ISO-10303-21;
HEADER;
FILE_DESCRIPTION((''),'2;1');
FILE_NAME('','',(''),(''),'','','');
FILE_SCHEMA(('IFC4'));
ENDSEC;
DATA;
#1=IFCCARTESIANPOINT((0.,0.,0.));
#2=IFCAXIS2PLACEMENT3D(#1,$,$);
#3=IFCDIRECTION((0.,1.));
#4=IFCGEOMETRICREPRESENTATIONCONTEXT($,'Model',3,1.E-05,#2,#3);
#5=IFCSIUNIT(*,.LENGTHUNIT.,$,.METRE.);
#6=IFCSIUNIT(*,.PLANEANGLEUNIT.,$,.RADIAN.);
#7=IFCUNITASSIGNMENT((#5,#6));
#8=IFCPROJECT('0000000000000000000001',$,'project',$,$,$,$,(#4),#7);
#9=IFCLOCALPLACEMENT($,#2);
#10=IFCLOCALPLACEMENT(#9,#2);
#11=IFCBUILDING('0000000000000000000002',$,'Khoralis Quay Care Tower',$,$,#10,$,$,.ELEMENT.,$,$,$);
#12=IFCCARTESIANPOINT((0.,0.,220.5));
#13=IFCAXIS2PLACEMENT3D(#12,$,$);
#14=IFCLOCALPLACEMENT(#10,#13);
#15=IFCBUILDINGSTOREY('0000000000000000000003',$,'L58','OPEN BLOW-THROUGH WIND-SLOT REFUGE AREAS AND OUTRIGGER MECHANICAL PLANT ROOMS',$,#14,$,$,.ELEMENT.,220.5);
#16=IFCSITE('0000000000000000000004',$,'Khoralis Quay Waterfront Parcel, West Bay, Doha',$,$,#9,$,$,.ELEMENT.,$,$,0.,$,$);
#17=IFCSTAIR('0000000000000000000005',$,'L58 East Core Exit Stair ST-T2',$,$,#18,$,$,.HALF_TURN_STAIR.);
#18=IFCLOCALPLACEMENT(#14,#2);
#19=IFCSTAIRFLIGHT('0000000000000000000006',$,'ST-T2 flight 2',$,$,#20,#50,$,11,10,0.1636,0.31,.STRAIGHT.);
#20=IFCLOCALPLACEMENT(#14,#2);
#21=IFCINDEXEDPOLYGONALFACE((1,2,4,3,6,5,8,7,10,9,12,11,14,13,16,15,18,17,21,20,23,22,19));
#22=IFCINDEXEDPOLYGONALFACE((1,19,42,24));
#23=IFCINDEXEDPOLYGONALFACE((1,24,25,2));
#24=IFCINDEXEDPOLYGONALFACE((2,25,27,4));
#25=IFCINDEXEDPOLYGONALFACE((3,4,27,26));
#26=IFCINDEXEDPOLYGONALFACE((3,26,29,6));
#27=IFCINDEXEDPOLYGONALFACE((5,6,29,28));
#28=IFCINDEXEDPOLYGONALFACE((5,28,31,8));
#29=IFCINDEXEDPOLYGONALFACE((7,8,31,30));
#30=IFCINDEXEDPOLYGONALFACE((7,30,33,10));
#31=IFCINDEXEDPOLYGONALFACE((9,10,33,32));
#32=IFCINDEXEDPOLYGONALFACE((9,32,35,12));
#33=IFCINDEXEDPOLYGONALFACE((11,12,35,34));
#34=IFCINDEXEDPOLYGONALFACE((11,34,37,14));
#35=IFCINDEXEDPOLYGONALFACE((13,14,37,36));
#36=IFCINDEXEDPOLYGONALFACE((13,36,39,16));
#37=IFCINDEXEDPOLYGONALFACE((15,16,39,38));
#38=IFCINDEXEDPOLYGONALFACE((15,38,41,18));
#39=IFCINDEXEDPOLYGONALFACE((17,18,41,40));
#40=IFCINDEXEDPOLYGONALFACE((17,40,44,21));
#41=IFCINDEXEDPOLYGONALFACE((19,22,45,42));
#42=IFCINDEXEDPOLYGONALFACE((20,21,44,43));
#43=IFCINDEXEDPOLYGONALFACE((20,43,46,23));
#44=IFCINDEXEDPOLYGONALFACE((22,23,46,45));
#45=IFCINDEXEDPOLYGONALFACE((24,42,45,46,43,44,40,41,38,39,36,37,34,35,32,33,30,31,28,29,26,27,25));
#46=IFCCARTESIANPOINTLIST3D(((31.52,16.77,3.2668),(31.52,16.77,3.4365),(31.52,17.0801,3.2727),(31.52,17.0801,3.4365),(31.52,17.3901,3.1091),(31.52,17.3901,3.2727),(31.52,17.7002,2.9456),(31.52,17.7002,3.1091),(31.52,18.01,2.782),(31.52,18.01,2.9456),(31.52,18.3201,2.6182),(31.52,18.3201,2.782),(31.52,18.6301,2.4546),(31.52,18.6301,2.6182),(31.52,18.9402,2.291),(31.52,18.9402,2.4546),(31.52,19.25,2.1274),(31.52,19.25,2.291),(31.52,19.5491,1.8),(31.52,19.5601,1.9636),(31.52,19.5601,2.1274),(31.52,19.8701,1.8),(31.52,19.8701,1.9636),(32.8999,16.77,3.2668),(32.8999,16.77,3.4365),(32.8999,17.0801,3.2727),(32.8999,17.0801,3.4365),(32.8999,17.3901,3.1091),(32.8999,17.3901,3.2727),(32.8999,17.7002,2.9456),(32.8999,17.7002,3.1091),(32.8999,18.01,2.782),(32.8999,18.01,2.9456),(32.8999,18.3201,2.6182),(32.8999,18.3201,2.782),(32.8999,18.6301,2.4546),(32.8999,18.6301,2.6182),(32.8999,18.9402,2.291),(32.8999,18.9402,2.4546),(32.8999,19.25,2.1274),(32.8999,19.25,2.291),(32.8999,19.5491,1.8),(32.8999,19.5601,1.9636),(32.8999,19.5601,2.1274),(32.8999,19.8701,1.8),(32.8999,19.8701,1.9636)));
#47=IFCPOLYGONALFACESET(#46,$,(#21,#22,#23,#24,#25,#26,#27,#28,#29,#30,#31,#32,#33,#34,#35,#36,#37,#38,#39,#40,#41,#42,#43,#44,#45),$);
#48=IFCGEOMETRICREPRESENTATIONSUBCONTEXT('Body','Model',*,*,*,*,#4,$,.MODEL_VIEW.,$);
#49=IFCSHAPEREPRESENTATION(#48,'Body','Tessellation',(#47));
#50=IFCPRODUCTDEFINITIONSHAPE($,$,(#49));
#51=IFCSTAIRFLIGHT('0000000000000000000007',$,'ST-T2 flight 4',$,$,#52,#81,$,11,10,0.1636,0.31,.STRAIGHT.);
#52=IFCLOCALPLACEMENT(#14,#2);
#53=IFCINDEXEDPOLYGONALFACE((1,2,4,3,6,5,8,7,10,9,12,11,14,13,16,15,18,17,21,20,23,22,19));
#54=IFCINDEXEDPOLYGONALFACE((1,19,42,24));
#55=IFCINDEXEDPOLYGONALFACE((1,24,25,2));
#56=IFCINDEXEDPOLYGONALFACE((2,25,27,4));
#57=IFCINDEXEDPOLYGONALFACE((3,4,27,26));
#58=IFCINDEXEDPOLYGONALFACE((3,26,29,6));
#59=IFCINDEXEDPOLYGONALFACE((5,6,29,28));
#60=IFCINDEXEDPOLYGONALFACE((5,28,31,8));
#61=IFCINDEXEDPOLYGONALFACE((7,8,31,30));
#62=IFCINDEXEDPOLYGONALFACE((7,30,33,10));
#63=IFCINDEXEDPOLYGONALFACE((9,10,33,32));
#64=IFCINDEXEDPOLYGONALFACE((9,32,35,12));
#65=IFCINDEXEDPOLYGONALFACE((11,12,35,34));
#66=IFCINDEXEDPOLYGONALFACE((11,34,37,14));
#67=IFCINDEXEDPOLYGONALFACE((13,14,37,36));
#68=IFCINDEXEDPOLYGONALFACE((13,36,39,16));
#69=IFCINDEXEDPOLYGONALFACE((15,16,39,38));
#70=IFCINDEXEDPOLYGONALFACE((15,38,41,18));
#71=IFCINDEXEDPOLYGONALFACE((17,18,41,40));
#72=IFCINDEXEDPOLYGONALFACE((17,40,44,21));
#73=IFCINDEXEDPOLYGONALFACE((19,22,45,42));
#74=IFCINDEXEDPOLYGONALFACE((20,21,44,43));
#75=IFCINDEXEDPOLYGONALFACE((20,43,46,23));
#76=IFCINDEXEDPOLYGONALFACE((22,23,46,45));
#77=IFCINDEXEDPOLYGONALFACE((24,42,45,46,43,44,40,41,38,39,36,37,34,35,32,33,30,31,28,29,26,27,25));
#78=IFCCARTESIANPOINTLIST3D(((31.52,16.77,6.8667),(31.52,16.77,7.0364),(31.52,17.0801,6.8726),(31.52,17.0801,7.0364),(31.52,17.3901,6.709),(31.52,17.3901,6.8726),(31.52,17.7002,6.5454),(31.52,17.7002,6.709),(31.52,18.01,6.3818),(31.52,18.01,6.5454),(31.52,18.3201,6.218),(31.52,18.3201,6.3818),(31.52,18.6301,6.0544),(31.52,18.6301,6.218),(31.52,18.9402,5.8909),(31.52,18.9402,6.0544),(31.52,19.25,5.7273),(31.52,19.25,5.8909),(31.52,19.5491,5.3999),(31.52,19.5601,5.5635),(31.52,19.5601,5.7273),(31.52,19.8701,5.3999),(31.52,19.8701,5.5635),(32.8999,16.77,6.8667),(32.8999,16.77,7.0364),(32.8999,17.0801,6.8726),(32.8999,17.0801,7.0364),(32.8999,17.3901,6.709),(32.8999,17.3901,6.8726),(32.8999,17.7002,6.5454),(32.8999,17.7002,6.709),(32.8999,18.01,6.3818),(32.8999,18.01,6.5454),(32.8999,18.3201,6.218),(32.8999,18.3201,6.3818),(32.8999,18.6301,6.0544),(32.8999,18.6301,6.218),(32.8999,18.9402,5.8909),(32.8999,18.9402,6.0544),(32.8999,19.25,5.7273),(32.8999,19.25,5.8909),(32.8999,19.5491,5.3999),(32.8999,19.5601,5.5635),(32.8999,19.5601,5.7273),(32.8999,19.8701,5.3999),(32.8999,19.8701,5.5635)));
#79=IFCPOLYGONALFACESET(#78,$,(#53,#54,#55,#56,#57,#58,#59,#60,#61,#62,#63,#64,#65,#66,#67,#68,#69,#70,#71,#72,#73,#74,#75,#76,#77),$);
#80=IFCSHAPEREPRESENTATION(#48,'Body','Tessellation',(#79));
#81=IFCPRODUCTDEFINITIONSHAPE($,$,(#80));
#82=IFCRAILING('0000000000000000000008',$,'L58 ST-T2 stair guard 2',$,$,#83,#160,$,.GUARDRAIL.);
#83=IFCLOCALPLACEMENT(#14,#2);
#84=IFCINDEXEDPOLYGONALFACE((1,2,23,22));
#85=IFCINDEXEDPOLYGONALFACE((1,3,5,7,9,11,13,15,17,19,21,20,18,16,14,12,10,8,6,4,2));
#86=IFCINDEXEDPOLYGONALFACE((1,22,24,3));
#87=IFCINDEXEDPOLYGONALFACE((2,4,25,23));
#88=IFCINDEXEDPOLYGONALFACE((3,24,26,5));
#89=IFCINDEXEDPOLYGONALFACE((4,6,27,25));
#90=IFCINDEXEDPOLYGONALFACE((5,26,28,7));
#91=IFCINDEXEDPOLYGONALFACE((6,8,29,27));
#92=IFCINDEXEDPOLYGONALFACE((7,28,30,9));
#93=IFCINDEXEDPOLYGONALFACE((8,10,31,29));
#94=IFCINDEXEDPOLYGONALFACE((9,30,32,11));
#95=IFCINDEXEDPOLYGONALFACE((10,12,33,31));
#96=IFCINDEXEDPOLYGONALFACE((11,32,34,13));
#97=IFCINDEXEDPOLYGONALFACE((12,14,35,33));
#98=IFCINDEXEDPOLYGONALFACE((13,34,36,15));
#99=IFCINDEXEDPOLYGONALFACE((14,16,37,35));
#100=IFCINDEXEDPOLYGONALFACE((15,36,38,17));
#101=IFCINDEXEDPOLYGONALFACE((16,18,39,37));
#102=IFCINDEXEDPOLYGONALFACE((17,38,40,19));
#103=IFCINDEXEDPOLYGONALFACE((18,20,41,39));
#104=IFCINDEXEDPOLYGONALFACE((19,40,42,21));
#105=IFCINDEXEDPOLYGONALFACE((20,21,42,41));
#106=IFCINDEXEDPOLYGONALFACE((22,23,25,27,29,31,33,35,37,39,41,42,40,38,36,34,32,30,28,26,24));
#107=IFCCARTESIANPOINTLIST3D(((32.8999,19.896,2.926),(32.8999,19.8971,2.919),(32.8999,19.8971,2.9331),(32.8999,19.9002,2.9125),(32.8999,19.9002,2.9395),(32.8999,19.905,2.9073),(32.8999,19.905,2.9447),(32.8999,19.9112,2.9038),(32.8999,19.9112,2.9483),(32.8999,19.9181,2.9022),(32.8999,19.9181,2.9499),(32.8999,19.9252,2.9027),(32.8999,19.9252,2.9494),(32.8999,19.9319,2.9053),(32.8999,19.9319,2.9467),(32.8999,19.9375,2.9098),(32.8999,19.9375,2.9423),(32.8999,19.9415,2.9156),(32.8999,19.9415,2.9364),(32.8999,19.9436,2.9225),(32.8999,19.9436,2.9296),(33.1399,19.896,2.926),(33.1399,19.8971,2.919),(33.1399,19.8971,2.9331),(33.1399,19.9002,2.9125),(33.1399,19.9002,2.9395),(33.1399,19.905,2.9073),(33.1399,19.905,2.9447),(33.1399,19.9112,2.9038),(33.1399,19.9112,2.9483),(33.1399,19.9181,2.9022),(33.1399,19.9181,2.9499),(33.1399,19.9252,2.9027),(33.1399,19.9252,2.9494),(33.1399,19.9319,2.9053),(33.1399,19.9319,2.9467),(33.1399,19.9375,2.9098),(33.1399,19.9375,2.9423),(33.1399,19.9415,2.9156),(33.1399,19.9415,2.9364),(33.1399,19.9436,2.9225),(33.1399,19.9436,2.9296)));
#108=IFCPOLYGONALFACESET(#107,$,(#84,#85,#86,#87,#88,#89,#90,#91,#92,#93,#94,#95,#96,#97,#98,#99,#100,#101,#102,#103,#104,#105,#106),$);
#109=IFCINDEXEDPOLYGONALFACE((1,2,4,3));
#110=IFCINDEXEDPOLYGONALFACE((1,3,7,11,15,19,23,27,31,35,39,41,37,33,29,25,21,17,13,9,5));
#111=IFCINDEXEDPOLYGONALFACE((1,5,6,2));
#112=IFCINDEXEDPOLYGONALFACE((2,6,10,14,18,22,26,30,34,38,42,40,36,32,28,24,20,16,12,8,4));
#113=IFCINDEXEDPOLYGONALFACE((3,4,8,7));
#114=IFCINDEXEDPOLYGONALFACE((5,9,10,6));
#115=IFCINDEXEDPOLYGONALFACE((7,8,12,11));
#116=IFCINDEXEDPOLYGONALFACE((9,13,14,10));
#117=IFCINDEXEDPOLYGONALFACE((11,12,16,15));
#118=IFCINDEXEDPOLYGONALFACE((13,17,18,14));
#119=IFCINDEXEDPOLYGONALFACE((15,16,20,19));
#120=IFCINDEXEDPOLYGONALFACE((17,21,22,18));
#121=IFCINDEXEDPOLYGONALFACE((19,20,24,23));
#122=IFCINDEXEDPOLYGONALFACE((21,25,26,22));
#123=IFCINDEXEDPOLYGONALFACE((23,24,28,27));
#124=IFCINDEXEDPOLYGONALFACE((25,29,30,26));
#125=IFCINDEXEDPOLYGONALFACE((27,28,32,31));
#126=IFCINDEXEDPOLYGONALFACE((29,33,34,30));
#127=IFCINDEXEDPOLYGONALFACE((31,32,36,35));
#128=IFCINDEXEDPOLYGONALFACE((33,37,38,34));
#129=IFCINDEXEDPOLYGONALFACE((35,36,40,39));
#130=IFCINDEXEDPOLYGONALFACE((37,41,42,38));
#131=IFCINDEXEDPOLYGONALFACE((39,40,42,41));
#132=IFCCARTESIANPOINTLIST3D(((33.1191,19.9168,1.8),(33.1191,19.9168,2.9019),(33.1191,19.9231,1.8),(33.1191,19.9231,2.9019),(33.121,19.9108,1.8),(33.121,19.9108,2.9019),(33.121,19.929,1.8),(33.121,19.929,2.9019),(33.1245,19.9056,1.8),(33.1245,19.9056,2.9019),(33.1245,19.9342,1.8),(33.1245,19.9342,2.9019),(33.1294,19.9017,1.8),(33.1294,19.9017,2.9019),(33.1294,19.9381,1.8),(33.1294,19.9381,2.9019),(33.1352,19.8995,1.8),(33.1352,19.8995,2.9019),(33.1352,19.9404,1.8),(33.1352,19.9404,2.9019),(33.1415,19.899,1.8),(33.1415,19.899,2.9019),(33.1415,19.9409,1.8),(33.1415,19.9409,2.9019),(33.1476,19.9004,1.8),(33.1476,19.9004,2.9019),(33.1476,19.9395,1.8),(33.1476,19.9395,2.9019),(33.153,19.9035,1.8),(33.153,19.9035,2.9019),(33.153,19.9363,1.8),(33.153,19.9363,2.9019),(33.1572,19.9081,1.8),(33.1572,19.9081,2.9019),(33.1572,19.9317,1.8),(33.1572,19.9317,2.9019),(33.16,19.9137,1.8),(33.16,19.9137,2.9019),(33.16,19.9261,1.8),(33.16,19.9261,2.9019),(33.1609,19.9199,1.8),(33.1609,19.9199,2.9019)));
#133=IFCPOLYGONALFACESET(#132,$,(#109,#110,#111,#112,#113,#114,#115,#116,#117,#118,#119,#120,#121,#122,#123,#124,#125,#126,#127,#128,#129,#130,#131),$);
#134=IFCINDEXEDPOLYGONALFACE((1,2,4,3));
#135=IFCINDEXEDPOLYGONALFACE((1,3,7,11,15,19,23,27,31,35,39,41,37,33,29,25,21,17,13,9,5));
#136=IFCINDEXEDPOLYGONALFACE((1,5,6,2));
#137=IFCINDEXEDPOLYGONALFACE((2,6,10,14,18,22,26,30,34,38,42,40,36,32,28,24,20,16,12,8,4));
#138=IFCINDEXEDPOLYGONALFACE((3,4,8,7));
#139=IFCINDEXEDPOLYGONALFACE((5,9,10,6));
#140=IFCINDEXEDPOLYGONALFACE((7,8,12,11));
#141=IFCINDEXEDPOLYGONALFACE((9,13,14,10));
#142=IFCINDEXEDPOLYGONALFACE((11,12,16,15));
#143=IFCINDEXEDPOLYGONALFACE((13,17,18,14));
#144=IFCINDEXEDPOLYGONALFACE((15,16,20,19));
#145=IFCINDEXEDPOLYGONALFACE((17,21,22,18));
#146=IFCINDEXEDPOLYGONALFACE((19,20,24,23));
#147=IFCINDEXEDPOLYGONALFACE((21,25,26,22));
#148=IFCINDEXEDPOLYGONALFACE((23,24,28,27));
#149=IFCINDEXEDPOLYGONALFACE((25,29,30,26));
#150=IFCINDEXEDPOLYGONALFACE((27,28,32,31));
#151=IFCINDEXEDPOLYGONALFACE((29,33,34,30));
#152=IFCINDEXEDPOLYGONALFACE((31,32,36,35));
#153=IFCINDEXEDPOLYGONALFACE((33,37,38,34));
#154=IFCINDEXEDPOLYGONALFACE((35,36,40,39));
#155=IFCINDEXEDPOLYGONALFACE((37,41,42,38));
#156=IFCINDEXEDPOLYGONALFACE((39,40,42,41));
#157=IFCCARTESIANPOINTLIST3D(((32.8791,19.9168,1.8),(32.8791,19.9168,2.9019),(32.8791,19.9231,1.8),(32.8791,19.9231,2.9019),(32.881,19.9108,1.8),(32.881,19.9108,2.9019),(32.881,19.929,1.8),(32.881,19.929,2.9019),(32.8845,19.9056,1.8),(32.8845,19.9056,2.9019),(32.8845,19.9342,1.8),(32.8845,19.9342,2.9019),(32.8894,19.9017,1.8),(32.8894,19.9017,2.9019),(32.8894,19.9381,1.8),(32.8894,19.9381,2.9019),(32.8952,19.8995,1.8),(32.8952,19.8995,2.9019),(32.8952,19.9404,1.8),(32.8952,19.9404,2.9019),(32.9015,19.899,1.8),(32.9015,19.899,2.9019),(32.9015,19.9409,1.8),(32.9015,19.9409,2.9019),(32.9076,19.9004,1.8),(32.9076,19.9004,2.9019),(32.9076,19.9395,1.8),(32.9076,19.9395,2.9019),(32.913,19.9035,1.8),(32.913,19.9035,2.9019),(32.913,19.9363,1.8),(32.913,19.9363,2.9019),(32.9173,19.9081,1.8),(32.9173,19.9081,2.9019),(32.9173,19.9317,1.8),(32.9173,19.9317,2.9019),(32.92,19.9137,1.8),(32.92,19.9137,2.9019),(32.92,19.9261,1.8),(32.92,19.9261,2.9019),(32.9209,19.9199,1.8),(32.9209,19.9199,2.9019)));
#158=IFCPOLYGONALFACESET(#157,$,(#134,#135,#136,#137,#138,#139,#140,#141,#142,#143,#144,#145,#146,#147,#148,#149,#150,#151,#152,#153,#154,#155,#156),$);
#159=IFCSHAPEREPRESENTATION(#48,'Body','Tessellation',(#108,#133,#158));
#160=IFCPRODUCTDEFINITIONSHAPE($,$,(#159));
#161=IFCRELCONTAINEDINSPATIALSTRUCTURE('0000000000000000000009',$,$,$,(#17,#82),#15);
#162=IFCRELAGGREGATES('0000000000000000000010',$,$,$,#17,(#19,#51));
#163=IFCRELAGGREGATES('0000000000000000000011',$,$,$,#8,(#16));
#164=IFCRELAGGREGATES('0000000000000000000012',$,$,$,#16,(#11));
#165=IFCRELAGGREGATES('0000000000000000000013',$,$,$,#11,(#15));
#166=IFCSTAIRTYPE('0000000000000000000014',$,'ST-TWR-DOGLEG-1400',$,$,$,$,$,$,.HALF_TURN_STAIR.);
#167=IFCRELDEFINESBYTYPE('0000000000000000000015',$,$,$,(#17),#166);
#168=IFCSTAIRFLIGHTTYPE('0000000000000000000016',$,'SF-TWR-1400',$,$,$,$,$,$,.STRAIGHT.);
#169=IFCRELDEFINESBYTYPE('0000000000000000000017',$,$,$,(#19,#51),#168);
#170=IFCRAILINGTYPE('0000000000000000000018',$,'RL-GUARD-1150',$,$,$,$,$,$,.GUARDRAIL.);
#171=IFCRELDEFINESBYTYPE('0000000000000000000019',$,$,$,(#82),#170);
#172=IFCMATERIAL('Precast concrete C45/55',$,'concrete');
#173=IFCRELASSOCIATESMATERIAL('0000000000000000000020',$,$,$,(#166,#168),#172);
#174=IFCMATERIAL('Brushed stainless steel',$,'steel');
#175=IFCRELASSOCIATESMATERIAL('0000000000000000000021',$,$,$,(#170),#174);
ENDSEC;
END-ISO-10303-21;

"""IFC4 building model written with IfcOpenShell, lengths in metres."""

from ifc_helpers import new_model, si_unit, direction, frame, origin, origin_2d, place, context, subcontext, project, spatial, polyline, circle, outline, extrude, source, transform, mapped, material, type_object, element, aggregate, save


model = new_model("IFC4")

# Units and contexts
model_context = context("Model", 3, precision=1e-05, world=origin(), true_north=direction((0.0, 1.0)))
body_context = subcontext(model_context, "Body", "Model", "MODEL_VIEW")
ifc_project = project(units=[si_unit("LENGTHUNIT", "METRE"), si_unit("PLANEANGLEUNIT", "RADIAN")], contexts=[model_context])

# Site, building, storey
site_placement = place(None, origin())
site = spatial("IfcSite", under=ifc_project, at=site_placement, Name="Khoralis Quay Waterfront Parcel, West Bay, Doha", CompositionType="ELEMENT", RefElevation=0.0)
building_placement = place(site_placement, origin())
building = spatial("IfcBuilding", under=site, at=building_placement, Name="Khoralis Quay Care Tower", CompositionType="ELEMENT")
storey_placement = place(building_placement, frame((0.0, 0.0, 220.5)))
storey = spatial("IfcBuildingStorey", under=building, at=storey_placement, Name="L58", Description="OPEN BLOW-THROUGH WIND-SLOT REFUGE AREAS AND OUTRIGGER MECHANICAL PLANT ROOMS", CompositionType="ELEMENT", Elevation=220.5)

# Shared definitions
ifc_material_1 = material(Name="Brushed stainless steel", Category="steel")

# Stair, stair flights
ifc_material_2 = material(Name="Precast concrete C45/55", Category="concrete")
stair_type = type_object("IfcStairType", Name="ST-TWR-DOGLEG-1400", PredefinedType="HALF_TURN_STAIR", material=ifc_material_2)
stair_placement = place(storey_placement, origin())
stair = element("IfcStair", 1, at=stair_placement, inside=storey, type_object=stair_type, Name="L58 East Core Exit Stair ST-T2", PredefinedType="HALF_TURN_STAIR")
stair_flight_type = type_object("IfcStairFlightType", Name="SF-TWR-1400", PredefinedType="STRAIGHT", material=ifc_material_2)
shared_shape_1 = source(origin(), body_context, "Body", "SweptSolid", [
    extrude(outline(polyline([(0.0, 0.0), (0.0, 0.1636), (0.3101, 0.1636), (0.3101, 0.3274), (0.6201, 0.3274), (0.6201, 0.491), (0.9299, 0.491), (0.9299, 0.6545), (1.24, 0.6545), (1.24, 0.8181), (1.55, 0.8181), (1.55, 0.9819), (1.8601, 0.9819), (1.8601, 1.1455), (2.1699, 1.1455), (2.1699, 1.3091), (2.48, 1.3091), (2.48, 1.4727), (2.79, 1.4727), (2.79, 1.6365), (3.1001, 1.6365), (3.1001, 1.8), (3.1001, 1.4668), (0.321, 0.0), (0.0, 0.0)])), frame((0.0, 0.6899, 0.0), z_axis=(0.0, -1.0, 0.0), x_axis=(1.0, 0.0, 0.0)), (0.0, 0.0, 1.0), 1.3799),
])
stair_flight_1_placement = place(storey_placement, frame((32.21, 19.8701, 1.8), z_axis=(0.0, 0.0, 1.0), x_axis=(0.0, -1.0, 0.0)))
stair_flight_1 = element("IfcStairFlight", 2, at=stair_flight_1_placement, type_object=stair_flight_type, Name="ST-T2 flight 2", NumberOfRisers=11, NumberOfTreads=10, PredefinedType="STRAIGHT", RiserHeight=0.1636, TreadLength=0.31, context=body_context, shape_type="MappedRepresentation", body=[
    mapped(shared_shape_1, transform((0.0, 0.0, 0.0), scale=1.0)),
])
stair_flight_2_placement = place(storey_placement, frame((32.21, 19.8701, 5.3999), z_axis=(0.0, 0.0, 1.0), x_axis=(0.0, -1.0, 0.0)))
stair_flight_2 = element("IfcStairFlight", 3, at=stair_flight_2_placement, type_object=stair_flight_type, Name="ST-T2 flight 4", NumberOfRisers=11, NumberOfTreads=10, PredefinedType="STRAIGHT", RiserHeight=0.1636, TreadLength=0.31, context=body_context, shape_type="MappedRepresentation", body=[
    mapped(shared_shape_1, transform((0.0, 0.0, 0.0), scale=1.0)),
])
aggregate(stair, [stair_flight_1, stair_flight_2])

# Railing
railing_type_1 = type_object("IfcRailingType", Name="RL-GUARD-1150", PredefinedType="GUARDRAIL", material=ifc_material_1)
railing_1_placement = place(storey_placement, frame((33.1399, 19.9199, 1.8)))
element("IfcRailing", 4, at=railing_1_placement, inside=storey, type_object=railing_type_1, Name="L58 ST-T2 stair guard 2", PredefinedType="GUARDRAIL", context=body_context, shape_type="SweptSolid", body=[
    extrude(circle(Radius=0.0239, at=origin_2d()), frame((0.0, 0.0, 1.126), z_axis=(-1.0, 0.0, 0.0), x_axis=(0.0, -1.0, 0.0)), (0.0, 0.0, 1.0), 0.24),
    extrude(circle(Radius=0.021, at=origin_2d()), origin(), (0.0, 0.0, 1.0), 1.1018),
    extrude(circle(Radius=0.021, at=origin_2d()), frame((-0.24, 0.0, 0.0)), (0.0, 0.0, 1.0), 1.1018),
])

save(model, "model.ifc")
